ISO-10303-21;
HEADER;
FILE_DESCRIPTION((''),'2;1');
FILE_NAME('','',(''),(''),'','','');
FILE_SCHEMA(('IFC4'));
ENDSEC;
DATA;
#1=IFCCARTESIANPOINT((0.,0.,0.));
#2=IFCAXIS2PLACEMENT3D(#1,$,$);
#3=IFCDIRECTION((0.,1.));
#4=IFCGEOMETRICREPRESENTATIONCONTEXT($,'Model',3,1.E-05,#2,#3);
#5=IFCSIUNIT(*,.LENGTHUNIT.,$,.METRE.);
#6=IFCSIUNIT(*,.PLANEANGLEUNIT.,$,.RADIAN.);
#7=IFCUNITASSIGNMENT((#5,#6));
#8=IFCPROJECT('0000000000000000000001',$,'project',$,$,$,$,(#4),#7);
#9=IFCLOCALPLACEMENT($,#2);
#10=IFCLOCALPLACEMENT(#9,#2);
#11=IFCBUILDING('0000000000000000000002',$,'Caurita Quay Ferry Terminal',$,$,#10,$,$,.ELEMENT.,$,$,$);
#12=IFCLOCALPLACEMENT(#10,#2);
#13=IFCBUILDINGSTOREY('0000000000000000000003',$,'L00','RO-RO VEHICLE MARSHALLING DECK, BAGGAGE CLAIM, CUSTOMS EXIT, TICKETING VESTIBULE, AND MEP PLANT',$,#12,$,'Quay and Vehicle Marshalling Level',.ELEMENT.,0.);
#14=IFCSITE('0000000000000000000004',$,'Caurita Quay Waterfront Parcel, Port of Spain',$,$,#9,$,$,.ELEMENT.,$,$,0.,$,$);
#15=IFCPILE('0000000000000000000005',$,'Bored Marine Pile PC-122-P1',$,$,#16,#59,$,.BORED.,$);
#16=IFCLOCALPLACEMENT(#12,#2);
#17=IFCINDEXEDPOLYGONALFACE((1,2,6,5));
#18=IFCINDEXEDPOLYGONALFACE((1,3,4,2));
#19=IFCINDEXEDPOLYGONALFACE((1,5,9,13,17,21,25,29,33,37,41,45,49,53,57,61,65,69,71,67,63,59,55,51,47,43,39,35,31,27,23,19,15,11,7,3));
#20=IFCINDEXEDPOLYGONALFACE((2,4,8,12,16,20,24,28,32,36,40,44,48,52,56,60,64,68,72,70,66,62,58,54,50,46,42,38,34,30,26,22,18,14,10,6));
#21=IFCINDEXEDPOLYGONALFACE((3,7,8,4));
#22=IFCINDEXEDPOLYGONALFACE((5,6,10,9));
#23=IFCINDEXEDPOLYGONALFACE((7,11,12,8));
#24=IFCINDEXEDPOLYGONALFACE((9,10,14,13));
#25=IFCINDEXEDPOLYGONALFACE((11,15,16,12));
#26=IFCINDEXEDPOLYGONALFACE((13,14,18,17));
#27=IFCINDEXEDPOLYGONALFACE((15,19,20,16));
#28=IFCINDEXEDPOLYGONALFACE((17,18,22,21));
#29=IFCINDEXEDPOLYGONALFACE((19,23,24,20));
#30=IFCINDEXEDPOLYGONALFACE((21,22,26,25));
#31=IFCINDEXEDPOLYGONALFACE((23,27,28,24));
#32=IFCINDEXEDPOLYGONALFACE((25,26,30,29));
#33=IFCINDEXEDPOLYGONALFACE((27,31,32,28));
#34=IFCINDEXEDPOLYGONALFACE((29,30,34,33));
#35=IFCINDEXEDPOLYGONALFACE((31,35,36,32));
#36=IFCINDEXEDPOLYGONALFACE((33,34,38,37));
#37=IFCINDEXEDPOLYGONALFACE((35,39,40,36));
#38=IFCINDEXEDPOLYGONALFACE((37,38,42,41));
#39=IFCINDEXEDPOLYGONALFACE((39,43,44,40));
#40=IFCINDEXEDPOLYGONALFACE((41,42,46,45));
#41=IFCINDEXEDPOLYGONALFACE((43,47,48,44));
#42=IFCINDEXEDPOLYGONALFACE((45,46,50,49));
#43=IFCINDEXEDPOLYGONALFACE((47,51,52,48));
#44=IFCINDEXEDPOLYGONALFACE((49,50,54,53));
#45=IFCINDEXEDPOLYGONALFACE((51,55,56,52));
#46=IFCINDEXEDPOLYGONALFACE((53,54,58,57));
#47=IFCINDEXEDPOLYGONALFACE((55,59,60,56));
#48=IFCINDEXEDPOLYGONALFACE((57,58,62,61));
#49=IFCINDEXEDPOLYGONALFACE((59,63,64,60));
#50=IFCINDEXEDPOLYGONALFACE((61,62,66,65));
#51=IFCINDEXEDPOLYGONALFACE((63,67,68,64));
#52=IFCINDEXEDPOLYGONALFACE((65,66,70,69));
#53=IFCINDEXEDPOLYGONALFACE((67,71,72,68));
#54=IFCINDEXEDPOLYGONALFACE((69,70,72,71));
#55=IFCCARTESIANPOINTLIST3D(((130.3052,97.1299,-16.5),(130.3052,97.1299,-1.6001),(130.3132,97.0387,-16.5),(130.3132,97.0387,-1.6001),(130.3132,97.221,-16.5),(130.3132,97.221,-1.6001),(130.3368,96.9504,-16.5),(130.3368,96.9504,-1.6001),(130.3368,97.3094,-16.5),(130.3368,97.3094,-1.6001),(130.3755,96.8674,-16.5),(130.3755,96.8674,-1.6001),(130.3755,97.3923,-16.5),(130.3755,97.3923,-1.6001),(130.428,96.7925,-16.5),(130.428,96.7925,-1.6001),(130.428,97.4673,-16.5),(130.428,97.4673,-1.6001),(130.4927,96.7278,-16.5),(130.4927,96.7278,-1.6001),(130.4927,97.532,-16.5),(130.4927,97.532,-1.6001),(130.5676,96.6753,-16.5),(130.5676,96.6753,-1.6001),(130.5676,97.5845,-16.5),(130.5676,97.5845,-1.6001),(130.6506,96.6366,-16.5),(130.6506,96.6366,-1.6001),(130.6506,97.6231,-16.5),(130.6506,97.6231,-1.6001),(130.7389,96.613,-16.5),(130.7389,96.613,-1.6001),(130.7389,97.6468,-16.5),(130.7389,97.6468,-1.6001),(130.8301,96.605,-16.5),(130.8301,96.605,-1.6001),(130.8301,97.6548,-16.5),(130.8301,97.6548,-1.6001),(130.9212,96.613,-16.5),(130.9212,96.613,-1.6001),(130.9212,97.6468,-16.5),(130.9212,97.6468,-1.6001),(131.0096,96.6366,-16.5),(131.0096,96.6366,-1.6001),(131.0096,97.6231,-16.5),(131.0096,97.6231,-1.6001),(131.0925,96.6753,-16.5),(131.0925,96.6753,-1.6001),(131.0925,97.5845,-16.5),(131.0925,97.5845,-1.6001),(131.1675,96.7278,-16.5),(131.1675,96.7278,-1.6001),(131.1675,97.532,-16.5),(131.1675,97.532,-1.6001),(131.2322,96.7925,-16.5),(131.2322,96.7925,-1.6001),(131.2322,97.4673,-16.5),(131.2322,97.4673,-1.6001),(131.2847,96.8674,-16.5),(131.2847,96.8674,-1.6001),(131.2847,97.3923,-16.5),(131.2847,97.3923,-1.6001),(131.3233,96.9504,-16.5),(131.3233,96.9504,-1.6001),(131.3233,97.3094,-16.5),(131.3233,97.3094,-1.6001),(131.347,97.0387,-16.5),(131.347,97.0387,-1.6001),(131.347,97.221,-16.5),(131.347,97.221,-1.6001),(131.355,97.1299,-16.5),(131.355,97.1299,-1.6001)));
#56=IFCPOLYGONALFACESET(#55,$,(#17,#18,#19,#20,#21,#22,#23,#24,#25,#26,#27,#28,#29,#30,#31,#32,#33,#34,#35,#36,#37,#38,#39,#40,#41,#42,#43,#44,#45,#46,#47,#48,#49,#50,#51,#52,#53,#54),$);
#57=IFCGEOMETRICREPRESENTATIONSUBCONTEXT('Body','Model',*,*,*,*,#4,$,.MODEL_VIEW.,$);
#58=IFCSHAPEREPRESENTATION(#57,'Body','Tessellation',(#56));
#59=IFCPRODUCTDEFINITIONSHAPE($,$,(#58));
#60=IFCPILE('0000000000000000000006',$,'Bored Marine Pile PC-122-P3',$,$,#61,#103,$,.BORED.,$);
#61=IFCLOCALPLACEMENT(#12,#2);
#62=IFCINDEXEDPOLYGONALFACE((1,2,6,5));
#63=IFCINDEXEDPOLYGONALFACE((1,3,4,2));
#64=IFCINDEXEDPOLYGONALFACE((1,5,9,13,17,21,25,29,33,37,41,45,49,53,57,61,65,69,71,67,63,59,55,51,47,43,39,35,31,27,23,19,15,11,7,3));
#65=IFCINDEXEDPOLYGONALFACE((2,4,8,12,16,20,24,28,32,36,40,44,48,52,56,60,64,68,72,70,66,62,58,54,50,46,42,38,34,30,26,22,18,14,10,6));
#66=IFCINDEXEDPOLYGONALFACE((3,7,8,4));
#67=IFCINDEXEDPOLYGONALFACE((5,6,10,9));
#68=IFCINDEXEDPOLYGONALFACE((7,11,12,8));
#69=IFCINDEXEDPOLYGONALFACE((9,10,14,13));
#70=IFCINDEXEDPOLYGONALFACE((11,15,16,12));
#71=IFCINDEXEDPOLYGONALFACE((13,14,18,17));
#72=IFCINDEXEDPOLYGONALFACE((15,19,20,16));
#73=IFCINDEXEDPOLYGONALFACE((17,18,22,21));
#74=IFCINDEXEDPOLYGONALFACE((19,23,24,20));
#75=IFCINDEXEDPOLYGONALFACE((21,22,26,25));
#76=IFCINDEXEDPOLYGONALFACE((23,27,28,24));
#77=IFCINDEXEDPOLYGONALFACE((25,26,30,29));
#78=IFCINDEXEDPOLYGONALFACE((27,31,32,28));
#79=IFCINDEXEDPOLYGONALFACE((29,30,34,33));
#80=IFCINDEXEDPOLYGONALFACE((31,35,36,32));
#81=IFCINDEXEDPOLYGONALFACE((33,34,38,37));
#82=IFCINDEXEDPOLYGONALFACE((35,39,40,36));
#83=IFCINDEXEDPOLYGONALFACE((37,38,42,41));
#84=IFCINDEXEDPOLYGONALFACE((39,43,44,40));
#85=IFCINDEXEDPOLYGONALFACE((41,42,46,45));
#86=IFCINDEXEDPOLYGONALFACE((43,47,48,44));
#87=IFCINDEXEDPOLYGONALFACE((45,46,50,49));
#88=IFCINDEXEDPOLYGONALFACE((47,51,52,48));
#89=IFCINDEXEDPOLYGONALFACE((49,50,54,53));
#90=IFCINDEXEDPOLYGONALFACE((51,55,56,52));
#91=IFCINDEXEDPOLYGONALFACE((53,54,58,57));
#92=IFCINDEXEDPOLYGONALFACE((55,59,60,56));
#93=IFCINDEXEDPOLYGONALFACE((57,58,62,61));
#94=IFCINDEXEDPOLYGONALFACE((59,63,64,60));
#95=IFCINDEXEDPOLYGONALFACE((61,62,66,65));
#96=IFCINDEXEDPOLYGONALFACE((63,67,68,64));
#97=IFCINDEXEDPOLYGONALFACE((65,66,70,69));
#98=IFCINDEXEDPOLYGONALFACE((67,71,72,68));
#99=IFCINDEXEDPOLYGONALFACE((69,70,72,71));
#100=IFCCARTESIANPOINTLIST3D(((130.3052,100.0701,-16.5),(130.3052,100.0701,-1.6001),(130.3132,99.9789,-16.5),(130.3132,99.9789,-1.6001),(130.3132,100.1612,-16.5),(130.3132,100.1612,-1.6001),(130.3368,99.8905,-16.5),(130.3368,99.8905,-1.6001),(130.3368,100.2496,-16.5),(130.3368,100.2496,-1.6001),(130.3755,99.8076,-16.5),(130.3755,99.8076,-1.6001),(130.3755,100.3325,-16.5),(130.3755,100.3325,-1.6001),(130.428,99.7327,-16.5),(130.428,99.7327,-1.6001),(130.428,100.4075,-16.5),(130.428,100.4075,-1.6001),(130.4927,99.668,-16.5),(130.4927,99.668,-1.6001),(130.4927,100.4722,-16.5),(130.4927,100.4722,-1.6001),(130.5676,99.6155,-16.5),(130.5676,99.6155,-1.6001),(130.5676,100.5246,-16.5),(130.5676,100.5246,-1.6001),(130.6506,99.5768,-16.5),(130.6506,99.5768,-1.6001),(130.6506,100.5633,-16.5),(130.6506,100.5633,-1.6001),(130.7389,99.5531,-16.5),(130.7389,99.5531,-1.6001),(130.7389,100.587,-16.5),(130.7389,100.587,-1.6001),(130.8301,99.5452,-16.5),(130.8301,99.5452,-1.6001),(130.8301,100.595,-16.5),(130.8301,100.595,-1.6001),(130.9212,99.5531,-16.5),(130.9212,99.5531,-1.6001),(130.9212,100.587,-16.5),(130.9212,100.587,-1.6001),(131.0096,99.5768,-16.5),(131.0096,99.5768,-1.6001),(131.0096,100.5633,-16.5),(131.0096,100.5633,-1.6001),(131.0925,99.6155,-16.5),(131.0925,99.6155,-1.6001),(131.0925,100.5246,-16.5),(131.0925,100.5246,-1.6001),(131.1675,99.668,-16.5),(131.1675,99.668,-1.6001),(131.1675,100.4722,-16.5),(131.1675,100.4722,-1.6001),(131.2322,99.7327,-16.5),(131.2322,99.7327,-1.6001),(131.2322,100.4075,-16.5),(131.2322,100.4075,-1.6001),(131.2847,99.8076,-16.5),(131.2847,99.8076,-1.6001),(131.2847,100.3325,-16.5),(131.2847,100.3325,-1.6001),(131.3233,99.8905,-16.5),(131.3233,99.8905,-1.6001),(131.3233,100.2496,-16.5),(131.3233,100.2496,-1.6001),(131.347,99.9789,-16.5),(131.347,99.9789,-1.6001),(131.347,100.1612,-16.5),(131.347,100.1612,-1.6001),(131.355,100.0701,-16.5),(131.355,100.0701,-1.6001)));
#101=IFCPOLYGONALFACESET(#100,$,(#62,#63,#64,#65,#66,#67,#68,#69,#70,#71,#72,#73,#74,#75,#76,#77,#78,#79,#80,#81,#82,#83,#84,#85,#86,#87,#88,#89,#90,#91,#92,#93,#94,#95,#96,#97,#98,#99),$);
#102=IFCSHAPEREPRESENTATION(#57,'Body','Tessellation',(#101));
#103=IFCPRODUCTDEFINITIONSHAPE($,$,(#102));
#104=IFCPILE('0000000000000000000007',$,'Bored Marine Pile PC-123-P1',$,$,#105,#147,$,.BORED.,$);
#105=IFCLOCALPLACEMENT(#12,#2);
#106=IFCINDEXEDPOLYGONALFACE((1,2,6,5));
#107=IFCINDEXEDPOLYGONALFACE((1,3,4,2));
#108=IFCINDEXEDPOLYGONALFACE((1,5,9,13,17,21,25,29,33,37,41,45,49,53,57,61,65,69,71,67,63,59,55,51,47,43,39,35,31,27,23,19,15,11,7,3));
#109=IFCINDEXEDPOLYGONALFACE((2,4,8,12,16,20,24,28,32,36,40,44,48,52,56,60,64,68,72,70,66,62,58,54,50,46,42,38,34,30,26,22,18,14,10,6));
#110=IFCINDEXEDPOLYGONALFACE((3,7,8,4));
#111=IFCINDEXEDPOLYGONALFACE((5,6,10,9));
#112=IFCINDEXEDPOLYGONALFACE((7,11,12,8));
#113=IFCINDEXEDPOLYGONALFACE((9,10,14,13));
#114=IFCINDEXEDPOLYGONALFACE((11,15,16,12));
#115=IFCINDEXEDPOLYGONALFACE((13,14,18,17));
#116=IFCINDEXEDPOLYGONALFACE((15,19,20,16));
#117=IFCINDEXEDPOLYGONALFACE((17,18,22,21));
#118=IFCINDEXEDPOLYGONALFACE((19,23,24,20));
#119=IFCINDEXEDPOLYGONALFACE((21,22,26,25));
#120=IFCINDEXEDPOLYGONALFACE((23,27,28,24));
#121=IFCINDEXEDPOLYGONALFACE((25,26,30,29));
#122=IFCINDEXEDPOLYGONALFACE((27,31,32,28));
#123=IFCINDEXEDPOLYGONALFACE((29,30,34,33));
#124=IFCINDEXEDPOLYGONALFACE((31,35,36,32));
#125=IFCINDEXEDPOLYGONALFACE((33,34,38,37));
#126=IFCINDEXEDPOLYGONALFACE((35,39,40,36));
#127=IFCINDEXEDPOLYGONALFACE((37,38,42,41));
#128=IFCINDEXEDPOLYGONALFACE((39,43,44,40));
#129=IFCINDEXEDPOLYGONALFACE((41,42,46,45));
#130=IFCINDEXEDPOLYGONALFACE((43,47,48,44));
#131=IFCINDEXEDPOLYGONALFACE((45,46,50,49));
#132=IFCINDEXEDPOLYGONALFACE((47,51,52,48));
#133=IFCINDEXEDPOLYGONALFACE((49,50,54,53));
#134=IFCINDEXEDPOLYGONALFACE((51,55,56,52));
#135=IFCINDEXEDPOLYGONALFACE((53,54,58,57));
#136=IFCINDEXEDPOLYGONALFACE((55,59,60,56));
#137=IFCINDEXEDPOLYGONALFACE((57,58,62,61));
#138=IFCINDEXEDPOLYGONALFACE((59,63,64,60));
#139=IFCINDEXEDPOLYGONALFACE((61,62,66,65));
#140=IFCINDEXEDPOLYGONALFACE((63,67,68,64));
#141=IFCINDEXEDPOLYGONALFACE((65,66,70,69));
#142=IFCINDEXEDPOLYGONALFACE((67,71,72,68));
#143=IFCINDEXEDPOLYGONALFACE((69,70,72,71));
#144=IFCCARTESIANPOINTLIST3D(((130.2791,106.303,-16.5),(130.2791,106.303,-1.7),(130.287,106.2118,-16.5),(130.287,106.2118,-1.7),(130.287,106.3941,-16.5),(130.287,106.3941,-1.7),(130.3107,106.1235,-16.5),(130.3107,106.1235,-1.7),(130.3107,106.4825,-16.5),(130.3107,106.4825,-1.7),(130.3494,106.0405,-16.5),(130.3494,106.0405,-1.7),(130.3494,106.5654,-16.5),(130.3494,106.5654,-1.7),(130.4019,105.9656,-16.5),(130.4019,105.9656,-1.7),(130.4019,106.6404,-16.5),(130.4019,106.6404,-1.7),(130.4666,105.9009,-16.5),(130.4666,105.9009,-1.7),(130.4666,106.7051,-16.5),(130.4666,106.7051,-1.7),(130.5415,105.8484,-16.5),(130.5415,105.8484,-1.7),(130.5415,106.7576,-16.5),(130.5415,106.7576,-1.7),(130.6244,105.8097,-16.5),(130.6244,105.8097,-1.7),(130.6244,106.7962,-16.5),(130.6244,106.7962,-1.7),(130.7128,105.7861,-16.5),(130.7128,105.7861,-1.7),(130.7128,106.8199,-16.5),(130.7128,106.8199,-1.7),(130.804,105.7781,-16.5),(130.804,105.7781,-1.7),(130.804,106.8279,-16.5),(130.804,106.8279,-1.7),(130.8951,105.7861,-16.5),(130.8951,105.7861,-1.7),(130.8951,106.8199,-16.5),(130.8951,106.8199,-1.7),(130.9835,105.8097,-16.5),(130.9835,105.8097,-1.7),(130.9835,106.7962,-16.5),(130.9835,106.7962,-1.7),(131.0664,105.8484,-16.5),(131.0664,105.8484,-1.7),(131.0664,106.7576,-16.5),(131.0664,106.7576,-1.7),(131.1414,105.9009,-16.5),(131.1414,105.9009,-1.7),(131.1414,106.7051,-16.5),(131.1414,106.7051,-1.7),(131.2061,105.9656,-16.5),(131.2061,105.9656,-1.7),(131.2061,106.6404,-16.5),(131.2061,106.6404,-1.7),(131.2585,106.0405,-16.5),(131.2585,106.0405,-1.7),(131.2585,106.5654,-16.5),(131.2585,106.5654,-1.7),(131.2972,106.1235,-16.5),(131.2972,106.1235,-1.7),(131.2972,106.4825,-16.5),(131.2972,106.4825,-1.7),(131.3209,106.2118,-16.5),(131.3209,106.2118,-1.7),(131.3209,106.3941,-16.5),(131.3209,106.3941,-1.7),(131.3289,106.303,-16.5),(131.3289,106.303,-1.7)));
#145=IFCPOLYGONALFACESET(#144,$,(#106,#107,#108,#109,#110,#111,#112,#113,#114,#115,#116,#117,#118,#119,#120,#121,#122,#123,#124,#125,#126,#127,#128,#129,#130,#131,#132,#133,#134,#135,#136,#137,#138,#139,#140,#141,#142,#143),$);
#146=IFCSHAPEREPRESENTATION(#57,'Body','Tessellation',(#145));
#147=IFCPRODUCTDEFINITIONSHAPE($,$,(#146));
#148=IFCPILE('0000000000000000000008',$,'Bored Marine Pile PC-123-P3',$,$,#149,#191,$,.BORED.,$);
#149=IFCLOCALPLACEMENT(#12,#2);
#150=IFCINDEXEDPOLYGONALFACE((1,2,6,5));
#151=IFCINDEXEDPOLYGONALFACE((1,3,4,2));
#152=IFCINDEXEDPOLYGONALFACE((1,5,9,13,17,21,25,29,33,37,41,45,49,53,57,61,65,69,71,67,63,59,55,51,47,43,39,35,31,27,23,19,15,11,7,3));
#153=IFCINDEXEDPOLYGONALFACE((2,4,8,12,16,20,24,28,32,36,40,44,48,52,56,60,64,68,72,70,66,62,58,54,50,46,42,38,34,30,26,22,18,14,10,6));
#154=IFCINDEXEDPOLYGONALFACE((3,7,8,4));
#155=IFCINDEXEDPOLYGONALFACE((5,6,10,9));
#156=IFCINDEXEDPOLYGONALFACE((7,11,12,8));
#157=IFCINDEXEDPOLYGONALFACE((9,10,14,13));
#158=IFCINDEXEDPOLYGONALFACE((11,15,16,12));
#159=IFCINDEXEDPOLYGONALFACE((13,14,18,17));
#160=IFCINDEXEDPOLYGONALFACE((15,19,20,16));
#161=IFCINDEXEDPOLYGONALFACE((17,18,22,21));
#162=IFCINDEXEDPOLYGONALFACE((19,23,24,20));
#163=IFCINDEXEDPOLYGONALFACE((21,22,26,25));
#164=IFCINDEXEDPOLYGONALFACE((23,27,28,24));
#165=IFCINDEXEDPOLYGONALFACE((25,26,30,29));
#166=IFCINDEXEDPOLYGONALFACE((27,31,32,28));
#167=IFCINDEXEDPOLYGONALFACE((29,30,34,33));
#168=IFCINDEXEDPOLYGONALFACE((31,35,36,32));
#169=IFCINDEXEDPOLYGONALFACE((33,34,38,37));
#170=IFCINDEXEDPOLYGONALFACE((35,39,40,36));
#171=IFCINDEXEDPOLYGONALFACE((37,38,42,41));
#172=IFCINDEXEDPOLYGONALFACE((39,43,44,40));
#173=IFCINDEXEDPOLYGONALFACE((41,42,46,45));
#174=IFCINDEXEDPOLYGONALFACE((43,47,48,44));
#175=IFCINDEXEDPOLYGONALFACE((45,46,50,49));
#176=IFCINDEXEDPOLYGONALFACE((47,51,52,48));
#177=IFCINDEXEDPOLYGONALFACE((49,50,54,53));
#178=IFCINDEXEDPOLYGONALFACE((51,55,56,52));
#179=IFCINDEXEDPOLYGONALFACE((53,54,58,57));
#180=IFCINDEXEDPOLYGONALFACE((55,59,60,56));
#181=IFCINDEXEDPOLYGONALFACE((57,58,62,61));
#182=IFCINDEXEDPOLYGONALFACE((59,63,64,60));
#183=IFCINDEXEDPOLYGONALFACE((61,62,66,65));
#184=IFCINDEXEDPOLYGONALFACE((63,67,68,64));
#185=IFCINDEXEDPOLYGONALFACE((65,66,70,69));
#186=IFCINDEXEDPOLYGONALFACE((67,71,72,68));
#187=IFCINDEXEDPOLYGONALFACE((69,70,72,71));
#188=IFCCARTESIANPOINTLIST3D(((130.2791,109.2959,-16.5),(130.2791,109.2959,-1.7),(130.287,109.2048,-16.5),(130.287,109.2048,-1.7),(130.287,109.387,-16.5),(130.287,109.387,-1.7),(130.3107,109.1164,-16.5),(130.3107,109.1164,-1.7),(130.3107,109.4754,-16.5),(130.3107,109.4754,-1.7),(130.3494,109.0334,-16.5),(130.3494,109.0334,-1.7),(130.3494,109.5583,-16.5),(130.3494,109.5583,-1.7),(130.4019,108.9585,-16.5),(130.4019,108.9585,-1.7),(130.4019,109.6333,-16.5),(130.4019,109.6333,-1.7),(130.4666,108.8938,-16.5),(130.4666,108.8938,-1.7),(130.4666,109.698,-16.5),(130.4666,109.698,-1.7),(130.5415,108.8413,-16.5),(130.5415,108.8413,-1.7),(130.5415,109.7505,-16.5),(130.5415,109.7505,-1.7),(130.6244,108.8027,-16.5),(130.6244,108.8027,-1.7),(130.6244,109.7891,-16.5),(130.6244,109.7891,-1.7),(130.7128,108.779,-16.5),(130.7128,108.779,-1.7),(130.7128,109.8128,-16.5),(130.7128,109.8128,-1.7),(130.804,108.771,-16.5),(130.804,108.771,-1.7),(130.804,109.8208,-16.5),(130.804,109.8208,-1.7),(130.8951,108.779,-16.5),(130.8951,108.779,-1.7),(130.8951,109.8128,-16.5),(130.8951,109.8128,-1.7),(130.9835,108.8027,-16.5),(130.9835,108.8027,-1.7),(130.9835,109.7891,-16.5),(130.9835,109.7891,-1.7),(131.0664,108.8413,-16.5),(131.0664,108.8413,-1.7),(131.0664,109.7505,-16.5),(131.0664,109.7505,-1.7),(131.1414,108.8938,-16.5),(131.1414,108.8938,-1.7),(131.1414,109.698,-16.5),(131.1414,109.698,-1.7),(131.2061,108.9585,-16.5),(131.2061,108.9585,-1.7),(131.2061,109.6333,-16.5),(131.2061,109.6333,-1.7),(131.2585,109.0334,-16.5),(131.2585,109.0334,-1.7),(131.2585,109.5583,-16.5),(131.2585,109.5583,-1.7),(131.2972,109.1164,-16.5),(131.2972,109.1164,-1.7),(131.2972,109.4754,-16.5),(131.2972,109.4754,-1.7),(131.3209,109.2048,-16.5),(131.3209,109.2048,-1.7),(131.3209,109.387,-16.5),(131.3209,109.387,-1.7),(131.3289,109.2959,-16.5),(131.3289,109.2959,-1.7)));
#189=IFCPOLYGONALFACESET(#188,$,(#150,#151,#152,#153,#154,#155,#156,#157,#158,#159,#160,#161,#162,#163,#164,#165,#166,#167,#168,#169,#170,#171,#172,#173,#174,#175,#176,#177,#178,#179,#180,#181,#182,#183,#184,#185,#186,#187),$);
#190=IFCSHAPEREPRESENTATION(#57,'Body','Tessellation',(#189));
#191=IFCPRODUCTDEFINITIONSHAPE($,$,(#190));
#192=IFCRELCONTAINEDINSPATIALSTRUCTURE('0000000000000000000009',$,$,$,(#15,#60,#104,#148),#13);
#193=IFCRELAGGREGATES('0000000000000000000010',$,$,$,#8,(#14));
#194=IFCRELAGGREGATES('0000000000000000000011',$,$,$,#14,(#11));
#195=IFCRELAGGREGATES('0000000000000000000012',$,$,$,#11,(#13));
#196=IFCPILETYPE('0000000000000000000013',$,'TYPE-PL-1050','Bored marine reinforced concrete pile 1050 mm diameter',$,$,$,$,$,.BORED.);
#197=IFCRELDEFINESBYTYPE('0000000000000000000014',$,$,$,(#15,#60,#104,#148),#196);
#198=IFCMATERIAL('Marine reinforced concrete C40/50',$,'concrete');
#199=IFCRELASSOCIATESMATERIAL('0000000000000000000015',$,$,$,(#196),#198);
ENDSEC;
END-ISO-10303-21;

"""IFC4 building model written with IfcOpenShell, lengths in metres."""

from ifc_helpers import new_model, si_unit, direction, frame, origin, origin_2d, place, context, subcontext, project, spatial, circle, extrude, material, material_profile, profile_set, type_object, element, save


model = new_model("IFC4")

# Units and contexts
model_context = context("Model", 3, precision=1e-05, world=origin(), true_north=direction((0.0, 1.0)))
body_context = subcontext(model_context, "Body", "Model", "MODEL_VIEW")
ifc_project = project(units=[si_unit("LENGTHUNIT", "METRE"), si_unit("PLANEANGLEUNIT", "RADIAN")], contexts=[model_context])

# Site, building, storey
site_placement = place(None, origin())
site = spatial("IfcSite", under=ifc_project, at=site_placement, Name="Caurita Quay Waterfront Parcel, Port of Spain", CompositionType="ELEMENT", RefElevation=0.0)
building_placement = place(site_placement, origin())
building = spatial("IfcBuilding", under=site, at=building_placement, Name="Caurita Quay Ferry Terminal", CompositionType="ELEMENT")
storey_placement = place(building_placement, origin())
storey = spatial("IfcBuildingStorey", under=building, at=storey_placement, Name="L00", Description="RO-RO VEHICLE MARSHALLING DECK, BAGGAGE CLAIM, CUSTOMS EXIT, TICKETING VESTIBULE, AND MEP PLANT", LongName="Quay and Vehicle Marshalling Level", CompositionType="ELEMENT", Elevation=0.0)

# Piles
ifc_material_1 = material(Name="Marine reinforced concrete C40/50", Category="concrete")
ifc_material_profile_1 = material_profile(ifc_material_1, circle(Radius=0.5249, at=origin_2d()), Name="PILE-D1050")
ifc_profile_set_1 = profile_set([ifc_material_profile_1], Name="Marine reinforced concrete C40/50")
pile_type = type_object("IfcPileType", Name="TYPE-PL-1050", Description="Bored marine reinforced concrete pile 1050 mm diameter", PredefinedType="BORED", material=ifc_profile_set_1)
for number, where, z_axis, x_axis, name in (
    (1, (130.8301, 97.1299, -1.6001), (0.0, 0.0, -1.0), (1.0, 0.0, 0.0), "Bored Marine Pile PC-122-P1"),
    (2, (130.8301, 100.0701, -1.6001), (0.0, 0.0, -1.0), (1.0, 0.0, 0.0), "Bored Marine Pile PC-122-P3"),
):
    element("IfcPile", number, at=place(storey_placement, frame(where, z_axis=z_axis, x_axis=x_axis)), inside=storey, type_object=pile_type, Name=name, PredefinedType="BORED", context=body_context, shape_type="SweptSolid", body=[
        extrude(circle(Radius=0.5249, at=origin_2d()), origin(), (0.0, 0.0, 1.0), 14.8999),
    ])
for number, where, z_axis, x_axis, name in (
    (3, (130.804, 106.303, -1.7), (0.0, 0.0, -1.0), (1.0, 0.0, 0.0), "Bored Marine Pile PC-123-P1"),
    (4, (130.804, 109.2959, -1.7), (0.0, 0.0, -1.0), (1.0, 0.0, 0.0), "Bored Marine Pile PC-123-P3"),
):
    element("IfcPile", number, at=place(storey_placement, frame(where, z_axis=z_axis, x_axis=x_axis)), inside=storey, type_object=pile_type, Name=name, PredefinedType="BORED", context=body_context, shape_type="SweptSolid", body=[
        extrude(circle(Radius=0.5249, at=origin_2d()), origin(), (0.0, 0.0, 1.0), 14.8),
    ])

save(model, "model.ifc")
